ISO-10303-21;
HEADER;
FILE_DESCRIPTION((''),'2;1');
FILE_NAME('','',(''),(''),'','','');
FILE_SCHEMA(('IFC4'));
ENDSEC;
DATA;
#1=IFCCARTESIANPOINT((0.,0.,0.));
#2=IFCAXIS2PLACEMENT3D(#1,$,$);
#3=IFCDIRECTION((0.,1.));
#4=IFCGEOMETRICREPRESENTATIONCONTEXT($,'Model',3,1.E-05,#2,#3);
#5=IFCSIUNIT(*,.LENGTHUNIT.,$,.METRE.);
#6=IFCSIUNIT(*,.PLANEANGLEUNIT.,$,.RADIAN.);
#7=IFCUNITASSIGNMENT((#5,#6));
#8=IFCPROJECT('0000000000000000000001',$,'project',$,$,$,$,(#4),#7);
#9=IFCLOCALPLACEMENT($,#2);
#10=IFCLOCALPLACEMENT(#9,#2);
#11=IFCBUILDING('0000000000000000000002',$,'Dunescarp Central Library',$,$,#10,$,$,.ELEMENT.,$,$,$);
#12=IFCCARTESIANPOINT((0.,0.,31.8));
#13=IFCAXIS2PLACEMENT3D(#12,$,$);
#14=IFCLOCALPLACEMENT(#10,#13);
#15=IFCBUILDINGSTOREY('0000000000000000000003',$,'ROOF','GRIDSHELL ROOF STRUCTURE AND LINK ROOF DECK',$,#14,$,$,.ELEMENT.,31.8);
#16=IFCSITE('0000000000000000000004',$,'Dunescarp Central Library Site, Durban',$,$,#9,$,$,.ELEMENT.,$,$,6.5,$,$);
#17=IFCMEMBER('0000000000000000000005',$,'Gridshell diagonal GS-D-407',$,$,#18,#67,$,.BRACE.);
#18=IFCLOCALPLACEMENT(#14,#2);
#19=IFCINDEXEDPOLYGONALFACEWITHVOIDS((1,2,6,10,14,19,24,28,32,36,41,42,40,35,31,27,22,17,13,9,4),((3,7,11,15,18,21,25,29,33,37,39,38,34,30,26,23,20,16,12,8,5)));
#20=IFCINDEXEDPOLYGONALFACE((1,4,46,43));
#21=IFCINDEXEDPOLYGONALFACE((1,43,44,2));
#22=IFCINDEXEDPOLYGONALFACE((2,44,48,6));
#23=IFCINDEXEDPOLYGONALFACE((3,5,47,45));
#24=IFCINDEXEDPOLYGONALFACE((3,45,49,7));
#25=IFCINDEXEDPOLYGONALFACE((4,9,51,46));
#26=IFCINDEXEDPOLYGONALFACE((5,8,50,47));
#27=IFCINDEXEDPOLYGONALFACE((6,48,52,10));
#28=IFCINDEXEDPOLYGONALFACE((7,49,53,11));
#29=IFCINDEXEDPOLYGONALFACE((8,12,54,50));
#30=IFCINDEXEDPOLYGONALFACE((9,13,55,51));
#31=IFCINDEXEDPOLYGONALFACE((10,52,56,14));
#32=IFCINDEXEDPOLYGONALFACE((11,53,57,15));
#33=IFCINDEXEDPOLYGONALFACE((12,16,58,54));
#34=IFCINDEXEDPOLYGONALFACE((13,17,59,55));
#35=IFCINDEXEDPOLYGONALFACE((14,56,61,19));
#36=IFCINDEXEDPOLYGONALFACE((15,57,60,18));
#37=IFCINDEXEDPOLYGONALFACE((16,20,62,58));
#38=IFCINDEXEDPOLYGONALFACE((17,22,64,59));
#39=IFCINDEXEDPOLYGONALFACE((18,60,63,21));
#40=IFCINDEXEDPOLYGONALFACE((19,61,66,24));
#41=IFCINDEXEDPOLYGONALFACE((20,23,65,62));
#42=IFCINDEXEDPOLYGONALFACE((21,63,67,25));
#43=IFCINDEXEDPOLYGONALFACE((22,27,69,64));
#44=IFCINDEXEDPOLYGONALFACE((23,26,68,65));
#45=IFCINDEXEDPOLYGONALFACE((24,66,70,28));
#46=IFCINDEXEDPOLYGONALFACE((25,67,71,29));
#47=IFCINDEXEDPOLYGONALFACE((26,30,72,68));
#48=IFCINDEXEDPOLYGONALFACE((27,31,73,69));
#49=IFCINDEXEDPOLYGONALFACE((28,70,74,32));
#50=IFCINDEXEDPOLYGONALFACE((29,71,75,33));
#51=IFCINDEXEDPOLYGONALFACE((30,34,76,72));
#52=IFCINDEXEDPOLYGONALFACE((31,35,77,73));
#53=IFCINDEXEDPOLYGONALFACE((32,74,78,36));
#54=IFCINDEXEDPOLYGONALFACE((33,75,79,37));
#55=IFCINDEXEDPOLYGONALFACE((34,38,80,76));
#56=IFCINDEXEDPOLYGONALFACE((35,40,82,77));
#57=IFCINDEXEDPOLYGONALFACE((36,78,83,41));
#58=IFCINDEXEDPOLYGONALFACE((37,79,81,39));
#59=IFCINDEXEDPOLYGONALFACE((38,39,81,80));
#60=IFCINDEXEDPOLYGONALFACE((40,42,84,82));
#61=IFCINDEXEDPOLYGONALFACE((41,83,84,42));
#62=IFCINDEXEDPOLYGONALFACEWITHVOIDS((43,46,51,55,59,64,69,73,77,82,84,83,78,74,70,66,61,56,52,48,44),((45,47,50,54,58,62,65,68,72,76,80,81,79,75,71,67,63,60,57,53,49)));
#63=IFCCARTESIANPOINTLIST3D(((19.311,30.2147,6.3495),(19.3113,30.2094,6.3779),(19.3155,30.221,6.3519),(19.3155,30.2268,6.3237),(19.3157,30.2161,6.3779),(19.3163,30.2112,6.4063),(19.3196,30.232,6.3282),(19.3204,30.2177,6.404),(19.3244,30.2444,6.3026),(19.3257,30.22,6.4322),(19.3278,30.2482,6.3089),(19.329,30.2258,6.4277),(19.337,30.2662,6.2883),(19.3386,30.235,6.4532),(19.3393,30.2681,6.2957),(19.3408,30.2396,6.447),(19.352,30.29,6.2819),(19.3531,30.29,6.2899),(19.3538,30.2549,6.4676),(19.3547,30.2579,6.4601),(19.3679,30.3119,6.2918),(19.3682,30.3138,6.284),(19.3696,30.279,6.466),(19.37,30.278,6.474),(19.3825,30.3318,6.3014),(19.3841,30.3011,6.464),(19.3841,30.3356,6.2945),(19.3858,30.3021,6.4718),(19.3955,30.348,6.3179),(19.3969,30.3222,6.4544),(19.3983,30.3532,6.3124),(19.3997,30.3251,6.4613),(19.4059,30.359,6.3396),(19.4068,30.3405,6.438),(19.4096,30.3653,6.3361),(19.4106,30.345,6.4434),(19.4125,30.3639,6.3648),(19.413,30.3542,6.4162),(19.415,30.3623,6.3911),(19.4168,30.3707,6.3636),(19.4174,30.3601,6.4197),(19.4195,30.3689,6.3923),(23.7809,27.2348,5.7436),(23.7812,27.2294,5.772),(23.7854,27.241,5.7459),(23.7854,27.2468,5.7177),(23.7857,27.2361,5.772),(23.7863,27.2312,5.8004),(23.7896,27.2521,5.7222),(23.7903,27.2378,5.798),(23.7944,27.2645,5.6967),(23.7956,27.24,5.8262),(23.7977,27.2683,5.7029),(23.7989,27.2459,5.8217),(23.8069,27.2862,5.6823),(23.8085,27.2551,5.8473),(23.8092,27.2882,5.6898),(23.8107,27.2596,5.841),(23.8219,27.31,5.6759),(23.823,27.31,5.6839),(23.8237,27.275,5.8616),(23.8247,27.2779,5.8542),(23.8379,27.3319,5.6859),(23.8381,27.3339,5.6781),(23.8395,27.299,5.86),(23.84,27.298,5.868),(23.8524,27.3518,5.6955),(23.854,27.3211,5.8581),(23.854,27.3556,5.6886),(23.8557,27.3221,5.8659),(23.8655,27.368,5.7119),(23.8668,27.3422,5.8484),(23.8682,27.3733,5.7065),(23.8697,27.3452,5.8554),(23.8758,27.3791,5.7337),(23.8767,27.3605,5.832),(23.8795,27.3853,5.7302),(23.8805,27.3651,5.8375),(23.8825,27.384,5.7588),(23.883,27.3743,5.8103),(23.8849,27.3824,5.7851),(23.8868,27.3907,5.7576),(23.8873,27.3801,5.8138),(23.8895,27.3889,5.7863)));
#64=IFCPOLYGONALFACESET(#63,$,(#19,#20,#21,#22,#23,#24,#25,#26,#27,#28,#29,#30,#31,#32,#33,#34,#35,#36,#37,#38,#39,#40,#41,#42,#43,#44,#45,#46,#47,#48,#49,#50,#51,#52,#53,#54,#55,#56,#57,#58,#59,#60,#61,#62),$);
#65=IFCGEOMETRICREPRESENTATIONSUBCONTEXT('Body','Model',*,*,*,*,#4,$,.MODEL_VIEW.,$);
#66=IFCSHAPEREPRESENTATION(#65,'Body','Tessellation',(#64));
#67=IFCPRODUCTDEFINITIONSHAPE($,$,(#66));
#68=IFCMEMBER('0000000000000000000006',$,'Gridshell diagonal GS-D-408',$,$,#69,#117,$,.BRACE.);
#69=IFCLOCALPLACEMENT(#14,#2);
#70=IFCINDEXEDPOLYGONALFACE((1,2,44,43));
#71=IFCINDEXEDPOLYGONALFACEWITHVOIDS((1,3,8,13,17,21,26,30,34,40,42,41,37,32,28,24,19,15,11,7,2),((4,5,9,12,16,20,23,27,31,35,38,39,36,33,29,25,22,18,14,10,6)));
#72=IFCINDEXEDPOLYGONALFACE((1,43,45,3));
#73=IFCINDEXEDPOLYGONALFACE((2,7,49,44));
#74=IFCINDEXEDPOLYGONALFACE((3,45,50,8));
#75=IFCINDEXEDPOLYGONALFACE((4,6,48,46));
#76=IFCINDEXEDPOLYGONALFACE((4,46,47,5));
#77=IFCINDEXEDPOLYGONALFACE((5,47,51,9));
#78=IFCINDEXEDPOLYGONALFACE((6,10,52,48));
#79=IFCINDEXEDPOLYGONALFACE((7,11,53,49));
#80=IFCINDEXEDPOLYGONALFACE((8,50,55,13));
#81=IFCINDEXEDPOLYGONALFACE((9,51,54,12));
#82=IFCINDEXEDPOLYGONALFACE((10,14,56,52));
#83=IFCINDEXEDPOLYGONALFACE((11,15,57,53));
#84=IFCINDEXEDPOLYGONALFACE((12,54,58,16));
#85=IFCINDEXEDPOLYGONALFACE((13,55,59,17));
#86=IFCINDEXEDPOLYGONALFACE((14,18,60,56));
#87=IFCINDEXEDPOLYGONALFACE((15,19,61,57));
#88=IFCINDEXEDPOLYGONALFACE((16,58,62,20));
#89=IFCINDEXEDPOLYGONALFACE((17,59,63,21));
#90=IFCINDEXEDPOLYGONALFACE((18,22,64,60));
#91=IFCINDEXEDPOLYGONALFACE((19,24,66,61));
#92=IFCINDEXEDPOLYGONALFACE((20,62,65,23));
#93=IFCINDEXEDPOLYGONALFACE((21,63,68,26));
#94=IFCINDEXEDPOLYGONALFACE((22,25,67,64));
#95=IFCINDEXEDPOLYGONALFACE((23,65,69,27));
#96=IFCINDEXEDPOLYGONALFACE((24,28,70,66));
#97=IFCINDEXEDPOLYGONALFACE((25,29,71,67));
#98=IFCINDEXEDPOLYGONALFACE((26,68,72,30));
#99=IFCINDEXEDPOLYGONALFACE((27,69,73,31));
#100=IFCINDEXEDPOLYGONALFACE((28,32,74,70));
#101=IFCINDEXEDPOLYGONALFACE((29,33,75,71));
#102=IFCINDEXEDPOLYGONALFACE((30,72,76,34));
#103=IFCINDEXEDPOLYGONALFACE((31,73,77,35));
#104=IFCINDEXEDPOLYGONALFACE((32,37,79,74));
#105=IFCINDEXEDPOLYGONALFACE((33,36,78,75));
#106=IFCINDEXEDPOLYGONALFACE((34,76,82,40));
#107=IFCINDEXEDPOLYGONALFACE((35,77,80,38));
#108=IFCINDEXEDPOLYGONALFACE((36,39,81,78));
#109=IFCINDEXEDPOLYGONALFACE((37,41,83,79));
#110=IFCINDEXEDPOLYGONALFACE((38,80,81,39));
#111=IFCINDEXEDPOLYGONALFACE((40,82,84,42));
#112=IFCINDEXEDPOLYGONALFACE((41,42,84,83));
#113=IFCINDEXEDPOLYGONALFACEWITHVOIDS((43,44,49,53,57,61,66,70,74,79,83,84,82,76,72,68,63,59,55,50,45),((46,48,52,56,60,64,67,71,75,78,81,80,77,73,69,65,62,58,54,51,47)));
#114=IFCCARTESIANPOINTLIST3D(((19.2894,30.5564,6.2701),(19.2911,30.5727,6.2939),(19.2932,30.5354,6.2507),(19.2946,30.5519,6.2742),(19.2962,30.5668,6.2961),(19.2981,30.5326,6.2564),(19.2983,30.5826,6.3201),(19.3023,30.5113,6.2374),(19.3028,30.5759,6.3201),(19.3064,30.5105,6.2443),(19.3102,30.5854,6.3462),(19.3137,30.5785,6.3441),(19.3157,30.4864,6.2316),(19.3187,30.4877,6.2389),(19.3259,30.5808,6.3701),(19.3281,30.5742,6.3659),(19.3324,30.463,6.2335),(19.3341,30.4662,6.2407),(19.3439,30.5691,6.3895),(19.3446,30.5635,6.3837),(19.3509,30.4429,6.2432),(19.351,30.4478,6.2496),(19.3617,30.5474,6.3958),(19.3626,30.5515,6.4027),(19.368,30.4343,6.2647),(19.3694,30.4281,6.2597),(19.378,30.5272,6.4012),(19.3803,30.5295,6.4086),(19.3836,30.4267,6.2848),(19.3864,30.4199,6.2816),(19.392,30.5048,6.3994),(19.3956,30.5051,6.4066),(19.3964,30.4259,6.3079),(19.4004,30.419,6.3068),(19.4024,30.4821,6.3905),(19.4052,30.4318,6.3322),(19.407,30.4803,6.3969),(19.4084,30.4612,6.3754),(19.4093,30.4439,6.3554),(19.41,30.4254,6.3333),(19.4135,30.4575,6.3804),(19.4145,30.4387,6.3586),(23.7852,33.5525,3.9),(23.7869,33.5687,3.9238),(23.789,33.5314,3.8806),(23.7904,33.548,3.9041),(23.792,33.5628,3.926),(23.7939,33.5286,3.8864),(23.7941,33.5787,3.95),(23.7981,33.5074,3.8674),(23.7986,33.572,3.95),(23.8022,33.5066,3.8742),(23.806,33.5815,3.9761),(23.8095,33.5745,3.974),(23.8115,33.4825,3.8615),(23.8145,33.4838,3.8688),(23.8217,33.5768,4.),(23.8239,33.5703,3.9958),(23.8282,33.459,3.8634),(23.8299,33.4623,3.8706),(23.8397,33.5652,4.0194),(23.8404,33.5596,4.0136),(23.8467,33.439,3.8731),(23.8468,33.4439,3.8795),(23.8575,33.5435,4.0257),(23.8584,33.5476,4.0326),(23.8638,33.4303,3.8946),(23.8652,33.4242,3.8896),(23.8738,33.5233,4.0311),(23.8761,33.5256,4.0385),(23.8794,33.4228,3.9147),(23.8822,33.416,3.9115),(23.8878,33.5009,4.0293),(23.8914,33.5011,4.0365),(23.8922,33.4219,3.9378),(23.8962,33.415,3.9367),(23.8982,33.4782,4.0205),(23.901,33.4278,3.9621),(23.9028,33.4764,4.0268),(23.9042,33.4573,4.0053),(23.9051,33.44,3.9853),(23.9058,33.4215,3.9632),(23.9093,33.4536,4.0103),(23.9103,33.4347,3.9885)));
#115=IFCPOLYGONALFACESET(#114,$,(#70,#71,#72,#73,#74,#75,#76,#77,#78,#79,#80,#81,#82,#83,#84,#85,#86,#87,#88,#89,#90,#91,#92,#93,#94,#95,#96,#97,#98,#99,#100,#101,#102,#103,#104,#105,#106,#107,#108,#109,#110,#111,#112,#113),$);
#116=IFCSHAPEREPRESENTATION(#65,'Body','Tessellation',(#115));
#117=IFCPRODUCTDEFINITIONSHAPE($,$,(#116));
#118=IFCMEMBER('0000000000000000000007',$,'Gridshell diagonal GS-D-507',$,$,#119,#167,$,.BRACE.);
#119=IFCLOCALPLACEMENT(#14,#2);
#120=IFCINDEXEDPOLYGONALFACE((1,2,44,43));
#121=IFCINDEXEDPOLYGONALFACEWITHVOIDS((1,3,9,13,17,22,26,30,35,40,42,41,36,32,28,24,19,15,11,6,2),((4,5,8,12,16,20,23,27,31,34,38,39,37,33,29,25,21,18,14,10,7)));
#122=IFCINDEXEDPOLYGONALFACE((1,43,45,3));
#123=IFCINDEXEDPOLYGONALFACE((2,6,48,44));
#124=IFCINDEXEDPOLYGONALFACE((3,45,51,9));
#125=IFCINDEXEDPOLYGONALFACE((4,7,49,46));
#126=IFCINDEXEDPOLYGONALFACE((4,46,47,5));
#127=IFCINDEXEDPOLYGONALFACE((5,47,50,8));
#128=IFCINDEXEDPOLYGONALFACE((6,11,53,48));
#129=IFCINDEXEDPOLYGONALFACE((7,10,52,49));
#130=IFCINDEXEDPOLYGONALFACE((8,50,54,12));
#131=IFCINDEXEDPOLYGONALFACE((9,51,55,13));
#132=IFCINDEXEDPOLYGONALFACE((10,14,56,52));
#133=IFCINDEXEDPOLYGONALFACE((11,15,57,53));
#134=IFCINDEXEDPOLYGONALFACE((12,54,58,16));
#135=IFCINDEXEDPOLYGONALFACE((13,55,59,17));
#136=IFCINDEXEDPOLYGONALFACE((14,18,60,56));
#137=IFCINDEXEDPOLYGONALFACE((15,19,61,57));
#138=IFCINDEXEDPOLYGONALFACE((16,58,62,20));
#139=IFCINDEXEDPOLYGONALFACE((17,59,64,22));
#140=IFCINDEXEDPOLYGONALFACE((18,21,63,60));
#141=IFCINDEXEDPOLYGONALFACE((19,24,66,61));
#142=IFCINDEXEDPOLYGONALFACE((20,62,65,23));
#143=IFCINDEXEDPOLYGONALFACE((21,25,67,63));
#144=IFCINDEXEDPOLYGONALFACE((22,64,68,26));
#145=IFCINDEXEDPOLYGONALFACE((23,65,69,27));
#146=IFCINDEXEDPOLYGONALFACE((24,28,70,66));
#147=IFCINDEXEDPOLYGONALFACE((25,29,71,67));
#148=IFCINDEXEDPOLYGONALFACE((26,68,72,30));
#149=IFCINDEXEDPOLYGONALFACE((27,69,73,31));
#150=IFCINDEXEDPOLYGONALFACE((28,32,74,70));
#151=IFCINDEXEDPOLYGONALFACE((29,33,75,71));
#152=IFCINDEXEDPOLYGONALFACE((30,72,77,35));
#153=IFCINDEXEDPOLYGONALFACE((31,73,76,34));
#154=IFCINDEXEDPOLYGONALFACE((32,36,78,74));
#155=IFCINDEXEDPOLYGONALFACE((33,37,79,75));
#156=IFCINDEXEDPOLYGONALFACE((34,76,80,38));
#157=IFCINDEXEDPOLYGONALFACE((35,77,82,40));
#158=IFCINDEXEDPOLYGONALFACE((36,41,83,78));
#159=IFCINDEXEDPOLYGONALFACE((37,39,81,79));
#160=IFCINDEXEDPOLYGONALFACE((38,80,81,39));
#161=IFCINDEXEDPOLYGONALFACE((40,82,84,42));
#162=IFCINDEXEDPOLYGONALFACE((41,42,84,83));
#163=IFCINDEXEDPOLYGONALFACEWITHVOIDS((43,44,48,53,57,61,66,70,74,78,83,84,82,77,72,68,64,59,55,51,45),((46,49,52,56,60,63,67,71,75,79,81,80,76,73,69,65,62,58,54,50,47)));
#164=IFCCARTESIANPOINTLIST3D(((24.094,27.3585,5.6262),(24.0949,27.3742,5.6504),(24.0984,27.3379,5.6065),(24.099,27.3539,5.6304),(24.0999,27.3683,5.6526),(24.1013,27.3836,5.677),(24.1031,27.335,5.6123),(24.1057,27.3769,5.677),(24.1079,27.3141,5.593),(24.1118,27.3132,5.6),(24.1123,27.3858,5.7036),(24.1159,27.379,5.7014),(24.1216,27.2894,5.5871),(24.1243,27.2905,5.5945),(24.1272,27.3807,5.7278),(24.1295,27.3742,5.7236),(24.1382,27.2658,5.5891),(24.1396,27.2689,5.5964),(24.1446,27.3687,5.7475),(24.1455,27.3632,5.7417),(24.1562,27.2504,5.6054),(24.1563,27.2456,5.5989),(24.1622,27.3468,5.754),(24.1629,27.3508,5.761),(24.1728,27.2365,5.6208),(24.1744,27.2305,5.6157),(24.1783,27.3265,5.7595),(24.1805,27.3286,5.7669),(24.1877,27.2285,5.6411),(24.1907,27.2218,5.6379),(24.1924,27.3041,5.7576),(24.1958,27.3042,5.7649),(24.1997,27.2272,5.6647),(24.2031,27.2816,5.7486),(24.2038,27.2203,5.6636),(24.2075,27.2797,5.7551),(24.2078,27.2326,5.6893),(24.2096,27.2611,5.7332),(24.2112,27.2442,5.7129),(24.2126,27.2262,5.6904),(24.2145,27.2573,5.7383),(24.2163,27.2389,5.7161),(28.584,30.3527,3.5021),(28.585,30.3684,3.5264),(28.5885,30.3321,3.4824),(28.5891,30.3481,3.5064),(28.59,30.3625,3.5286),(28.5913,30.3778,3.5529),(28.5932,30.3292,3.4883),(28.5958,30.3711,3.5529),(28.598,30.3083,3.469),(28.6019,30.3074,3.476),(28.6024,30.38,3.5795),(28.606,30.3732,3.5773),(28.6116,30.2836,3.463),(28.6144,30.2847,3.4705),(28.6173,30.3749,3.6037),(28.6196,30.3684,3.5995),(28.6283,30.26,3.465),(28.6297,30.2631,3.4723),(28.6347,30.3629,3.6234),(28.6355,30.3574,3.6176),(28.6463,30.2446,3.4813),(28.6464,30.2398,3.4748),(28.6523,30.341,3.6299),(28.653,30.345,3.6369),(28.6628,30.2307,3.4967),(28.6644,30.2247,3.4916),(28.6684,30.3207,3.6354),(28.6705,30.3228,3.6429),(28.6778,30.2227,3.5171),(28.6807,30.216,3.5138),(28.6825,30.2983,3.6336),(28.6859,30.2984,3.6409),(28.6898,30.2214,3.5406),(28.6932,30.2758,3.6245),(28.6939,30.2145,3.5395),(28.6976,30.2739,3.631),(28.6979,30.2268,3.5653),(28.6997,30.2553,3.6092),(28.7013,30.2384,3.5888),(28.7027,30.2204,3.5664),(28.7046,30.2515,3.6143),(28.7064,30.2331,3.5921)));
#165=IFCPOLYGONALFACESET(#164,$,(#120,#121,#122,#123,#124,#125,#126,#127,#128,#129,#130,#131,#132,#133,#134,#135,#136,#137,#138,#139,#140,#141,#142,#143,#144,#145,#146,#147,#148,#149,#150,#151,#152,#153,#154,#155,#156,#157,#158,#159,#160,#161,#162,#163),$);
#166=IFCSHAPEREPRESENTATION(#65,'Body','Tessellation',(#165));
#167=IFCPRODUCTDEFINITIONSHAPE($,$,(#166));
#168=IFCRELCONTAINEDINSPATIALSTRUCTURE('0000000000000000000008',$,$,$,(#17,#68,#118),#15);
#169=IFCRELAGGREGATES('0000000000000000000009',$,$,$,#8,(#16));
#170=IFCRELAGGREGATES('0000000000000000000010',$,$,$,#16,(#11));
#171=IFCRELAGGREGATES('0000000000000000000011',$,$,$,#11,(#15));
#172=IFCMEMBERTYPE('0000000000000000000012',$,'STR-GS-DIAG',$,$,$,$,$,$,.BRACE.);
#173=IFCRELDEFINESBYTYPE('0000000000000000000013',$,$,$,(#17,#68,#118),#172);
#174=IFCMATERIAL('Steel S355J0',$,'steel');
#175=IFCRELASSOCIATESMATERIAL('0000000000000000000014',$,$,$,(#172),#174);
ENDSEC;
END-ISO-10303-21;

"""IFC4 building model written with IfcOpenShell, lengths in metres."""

from ifc_helpers import new_model, si_unit, direction, frame, origin, origin_2d, place, context, subcontext, project, spatial, hollow_circle, extrude, material, material_profile, profile_set, type_object, element, save


model = new_model("IFC4")

# Units and contexts
model_context = context("Model", 3, precision=1e-05, world=origin(), true_north=direction((0.0, 1.0)))
body_context = subcontext(model_context, "Body", "Model", "MODEL_VIEW")
ifc_project = project(units=[si_unit("LENGTHUNIT", "METRE"), si_unit("PLANEANGLEUNIT", "RADIAN")], contexts=[model_context])

# Site, building, storey
site_placement = place(None, origin())
site = spatial("IfcSite", under=ifc_project, at=site_placement, Name="Dunescarp Central Library Site, Durban", CompositionType="ELEMENT", RefElevation=6.5)
building_placement = place(site_placement, origin())
building = spatial("IfcBuilding", under=site, at=building_placement, Name="Dunescarp Central Library", CompositionType="ELEMENT")
storey_placement = place(building_placement, frame((0.0, 0.0, 31.8)))
storey = spatial("IfcBuildingStorey", under=building, at=storey_placement, Name="ROOF", Description="GRIDSHELL ROOF STRUCTURE AND LINK ROOF DECK", CompositionType="ELEMENT", Elevation=31.8)

# Members
ifc_material_1 = material(Name="Steel S355J0", Category="steel")
ifc_material_profile_1 = material_profile(ifc_material_1, hollow_circle(Radius=0.0969, WallThickness=0.0081, at=origin_2d()), Name="CHS 193.7x8")
ifc_profile_set_1 = profile_set([ifc_material_profile_1], Name="Steel S355J0")
member_type_1 = type_object("IfcMemberType", Name="STR-GS-DIAG", PredefinedType="BRACE", material=ifc_profile_set_1)
member_1_placement = place(storey_placement, frame((23.835, 27.3101, 5.772), z_axis=(-0.826807, 0.551205, 0.112083), x_axis=(-0.5547, -0.83205, 0.0)))
element("IfcMember", 1, at=member_1_placement, inside=storey, type_object=member_type_1, Name="Gridshell diagonal GS-D-407", PredefinedType="BRACE", context=body_context, shape_type="SweptSolid", body=[
    extrude(hollow_circle(Radius=0.0969, WallThickness=0.0081, at=origin_2d()), origin(), (0.0, 0.0, 1.0), 5.4062),
])
member_2_placement = place(storey_placement, frame((19.3521, 30.502, 6.3201), z_axis=(0.762045, 0.507837, -0.401734), x_axis=(-0.554554, 0.832148, 0.0)))
element("IfcMember", 2, at=member_2_placement, inside=storey, type_object=member_type_1, Name="Gridshell diagonal GS-D-408", PredefinedType="BRACE", context=body_context, shape_type="SweptSolid", body=[
    extrude(hollow_circle(Radius=0.0969, WallThickness=0.0081, at=origin_2d()), origin(), (0.0, 0.0, 1.0), 5.8997),
])
member_3_placement = place(storey_placement, frame((24.155, 27.303, 5.677), z_axis=(0.774178, 0.516259, -0.366231), x_axis=(-0.554805, 0.831981, 0.0)))
element("IfcMember", 3, at=member_3_placement, inside=storey, type_object=member_type_1, Name="Gridshell diagonal GS-D-507", PredefinedType="BRACE", context=body_context, shape_type="SweptSolid", body=[
    extrude(hollow_circle(Radius=0.0969, WallThickness=0.0081, at=origin_2d()), origin(), (0.0, 0.0, 1.0), 5.7998),
])

save(model, "model.ifc")
